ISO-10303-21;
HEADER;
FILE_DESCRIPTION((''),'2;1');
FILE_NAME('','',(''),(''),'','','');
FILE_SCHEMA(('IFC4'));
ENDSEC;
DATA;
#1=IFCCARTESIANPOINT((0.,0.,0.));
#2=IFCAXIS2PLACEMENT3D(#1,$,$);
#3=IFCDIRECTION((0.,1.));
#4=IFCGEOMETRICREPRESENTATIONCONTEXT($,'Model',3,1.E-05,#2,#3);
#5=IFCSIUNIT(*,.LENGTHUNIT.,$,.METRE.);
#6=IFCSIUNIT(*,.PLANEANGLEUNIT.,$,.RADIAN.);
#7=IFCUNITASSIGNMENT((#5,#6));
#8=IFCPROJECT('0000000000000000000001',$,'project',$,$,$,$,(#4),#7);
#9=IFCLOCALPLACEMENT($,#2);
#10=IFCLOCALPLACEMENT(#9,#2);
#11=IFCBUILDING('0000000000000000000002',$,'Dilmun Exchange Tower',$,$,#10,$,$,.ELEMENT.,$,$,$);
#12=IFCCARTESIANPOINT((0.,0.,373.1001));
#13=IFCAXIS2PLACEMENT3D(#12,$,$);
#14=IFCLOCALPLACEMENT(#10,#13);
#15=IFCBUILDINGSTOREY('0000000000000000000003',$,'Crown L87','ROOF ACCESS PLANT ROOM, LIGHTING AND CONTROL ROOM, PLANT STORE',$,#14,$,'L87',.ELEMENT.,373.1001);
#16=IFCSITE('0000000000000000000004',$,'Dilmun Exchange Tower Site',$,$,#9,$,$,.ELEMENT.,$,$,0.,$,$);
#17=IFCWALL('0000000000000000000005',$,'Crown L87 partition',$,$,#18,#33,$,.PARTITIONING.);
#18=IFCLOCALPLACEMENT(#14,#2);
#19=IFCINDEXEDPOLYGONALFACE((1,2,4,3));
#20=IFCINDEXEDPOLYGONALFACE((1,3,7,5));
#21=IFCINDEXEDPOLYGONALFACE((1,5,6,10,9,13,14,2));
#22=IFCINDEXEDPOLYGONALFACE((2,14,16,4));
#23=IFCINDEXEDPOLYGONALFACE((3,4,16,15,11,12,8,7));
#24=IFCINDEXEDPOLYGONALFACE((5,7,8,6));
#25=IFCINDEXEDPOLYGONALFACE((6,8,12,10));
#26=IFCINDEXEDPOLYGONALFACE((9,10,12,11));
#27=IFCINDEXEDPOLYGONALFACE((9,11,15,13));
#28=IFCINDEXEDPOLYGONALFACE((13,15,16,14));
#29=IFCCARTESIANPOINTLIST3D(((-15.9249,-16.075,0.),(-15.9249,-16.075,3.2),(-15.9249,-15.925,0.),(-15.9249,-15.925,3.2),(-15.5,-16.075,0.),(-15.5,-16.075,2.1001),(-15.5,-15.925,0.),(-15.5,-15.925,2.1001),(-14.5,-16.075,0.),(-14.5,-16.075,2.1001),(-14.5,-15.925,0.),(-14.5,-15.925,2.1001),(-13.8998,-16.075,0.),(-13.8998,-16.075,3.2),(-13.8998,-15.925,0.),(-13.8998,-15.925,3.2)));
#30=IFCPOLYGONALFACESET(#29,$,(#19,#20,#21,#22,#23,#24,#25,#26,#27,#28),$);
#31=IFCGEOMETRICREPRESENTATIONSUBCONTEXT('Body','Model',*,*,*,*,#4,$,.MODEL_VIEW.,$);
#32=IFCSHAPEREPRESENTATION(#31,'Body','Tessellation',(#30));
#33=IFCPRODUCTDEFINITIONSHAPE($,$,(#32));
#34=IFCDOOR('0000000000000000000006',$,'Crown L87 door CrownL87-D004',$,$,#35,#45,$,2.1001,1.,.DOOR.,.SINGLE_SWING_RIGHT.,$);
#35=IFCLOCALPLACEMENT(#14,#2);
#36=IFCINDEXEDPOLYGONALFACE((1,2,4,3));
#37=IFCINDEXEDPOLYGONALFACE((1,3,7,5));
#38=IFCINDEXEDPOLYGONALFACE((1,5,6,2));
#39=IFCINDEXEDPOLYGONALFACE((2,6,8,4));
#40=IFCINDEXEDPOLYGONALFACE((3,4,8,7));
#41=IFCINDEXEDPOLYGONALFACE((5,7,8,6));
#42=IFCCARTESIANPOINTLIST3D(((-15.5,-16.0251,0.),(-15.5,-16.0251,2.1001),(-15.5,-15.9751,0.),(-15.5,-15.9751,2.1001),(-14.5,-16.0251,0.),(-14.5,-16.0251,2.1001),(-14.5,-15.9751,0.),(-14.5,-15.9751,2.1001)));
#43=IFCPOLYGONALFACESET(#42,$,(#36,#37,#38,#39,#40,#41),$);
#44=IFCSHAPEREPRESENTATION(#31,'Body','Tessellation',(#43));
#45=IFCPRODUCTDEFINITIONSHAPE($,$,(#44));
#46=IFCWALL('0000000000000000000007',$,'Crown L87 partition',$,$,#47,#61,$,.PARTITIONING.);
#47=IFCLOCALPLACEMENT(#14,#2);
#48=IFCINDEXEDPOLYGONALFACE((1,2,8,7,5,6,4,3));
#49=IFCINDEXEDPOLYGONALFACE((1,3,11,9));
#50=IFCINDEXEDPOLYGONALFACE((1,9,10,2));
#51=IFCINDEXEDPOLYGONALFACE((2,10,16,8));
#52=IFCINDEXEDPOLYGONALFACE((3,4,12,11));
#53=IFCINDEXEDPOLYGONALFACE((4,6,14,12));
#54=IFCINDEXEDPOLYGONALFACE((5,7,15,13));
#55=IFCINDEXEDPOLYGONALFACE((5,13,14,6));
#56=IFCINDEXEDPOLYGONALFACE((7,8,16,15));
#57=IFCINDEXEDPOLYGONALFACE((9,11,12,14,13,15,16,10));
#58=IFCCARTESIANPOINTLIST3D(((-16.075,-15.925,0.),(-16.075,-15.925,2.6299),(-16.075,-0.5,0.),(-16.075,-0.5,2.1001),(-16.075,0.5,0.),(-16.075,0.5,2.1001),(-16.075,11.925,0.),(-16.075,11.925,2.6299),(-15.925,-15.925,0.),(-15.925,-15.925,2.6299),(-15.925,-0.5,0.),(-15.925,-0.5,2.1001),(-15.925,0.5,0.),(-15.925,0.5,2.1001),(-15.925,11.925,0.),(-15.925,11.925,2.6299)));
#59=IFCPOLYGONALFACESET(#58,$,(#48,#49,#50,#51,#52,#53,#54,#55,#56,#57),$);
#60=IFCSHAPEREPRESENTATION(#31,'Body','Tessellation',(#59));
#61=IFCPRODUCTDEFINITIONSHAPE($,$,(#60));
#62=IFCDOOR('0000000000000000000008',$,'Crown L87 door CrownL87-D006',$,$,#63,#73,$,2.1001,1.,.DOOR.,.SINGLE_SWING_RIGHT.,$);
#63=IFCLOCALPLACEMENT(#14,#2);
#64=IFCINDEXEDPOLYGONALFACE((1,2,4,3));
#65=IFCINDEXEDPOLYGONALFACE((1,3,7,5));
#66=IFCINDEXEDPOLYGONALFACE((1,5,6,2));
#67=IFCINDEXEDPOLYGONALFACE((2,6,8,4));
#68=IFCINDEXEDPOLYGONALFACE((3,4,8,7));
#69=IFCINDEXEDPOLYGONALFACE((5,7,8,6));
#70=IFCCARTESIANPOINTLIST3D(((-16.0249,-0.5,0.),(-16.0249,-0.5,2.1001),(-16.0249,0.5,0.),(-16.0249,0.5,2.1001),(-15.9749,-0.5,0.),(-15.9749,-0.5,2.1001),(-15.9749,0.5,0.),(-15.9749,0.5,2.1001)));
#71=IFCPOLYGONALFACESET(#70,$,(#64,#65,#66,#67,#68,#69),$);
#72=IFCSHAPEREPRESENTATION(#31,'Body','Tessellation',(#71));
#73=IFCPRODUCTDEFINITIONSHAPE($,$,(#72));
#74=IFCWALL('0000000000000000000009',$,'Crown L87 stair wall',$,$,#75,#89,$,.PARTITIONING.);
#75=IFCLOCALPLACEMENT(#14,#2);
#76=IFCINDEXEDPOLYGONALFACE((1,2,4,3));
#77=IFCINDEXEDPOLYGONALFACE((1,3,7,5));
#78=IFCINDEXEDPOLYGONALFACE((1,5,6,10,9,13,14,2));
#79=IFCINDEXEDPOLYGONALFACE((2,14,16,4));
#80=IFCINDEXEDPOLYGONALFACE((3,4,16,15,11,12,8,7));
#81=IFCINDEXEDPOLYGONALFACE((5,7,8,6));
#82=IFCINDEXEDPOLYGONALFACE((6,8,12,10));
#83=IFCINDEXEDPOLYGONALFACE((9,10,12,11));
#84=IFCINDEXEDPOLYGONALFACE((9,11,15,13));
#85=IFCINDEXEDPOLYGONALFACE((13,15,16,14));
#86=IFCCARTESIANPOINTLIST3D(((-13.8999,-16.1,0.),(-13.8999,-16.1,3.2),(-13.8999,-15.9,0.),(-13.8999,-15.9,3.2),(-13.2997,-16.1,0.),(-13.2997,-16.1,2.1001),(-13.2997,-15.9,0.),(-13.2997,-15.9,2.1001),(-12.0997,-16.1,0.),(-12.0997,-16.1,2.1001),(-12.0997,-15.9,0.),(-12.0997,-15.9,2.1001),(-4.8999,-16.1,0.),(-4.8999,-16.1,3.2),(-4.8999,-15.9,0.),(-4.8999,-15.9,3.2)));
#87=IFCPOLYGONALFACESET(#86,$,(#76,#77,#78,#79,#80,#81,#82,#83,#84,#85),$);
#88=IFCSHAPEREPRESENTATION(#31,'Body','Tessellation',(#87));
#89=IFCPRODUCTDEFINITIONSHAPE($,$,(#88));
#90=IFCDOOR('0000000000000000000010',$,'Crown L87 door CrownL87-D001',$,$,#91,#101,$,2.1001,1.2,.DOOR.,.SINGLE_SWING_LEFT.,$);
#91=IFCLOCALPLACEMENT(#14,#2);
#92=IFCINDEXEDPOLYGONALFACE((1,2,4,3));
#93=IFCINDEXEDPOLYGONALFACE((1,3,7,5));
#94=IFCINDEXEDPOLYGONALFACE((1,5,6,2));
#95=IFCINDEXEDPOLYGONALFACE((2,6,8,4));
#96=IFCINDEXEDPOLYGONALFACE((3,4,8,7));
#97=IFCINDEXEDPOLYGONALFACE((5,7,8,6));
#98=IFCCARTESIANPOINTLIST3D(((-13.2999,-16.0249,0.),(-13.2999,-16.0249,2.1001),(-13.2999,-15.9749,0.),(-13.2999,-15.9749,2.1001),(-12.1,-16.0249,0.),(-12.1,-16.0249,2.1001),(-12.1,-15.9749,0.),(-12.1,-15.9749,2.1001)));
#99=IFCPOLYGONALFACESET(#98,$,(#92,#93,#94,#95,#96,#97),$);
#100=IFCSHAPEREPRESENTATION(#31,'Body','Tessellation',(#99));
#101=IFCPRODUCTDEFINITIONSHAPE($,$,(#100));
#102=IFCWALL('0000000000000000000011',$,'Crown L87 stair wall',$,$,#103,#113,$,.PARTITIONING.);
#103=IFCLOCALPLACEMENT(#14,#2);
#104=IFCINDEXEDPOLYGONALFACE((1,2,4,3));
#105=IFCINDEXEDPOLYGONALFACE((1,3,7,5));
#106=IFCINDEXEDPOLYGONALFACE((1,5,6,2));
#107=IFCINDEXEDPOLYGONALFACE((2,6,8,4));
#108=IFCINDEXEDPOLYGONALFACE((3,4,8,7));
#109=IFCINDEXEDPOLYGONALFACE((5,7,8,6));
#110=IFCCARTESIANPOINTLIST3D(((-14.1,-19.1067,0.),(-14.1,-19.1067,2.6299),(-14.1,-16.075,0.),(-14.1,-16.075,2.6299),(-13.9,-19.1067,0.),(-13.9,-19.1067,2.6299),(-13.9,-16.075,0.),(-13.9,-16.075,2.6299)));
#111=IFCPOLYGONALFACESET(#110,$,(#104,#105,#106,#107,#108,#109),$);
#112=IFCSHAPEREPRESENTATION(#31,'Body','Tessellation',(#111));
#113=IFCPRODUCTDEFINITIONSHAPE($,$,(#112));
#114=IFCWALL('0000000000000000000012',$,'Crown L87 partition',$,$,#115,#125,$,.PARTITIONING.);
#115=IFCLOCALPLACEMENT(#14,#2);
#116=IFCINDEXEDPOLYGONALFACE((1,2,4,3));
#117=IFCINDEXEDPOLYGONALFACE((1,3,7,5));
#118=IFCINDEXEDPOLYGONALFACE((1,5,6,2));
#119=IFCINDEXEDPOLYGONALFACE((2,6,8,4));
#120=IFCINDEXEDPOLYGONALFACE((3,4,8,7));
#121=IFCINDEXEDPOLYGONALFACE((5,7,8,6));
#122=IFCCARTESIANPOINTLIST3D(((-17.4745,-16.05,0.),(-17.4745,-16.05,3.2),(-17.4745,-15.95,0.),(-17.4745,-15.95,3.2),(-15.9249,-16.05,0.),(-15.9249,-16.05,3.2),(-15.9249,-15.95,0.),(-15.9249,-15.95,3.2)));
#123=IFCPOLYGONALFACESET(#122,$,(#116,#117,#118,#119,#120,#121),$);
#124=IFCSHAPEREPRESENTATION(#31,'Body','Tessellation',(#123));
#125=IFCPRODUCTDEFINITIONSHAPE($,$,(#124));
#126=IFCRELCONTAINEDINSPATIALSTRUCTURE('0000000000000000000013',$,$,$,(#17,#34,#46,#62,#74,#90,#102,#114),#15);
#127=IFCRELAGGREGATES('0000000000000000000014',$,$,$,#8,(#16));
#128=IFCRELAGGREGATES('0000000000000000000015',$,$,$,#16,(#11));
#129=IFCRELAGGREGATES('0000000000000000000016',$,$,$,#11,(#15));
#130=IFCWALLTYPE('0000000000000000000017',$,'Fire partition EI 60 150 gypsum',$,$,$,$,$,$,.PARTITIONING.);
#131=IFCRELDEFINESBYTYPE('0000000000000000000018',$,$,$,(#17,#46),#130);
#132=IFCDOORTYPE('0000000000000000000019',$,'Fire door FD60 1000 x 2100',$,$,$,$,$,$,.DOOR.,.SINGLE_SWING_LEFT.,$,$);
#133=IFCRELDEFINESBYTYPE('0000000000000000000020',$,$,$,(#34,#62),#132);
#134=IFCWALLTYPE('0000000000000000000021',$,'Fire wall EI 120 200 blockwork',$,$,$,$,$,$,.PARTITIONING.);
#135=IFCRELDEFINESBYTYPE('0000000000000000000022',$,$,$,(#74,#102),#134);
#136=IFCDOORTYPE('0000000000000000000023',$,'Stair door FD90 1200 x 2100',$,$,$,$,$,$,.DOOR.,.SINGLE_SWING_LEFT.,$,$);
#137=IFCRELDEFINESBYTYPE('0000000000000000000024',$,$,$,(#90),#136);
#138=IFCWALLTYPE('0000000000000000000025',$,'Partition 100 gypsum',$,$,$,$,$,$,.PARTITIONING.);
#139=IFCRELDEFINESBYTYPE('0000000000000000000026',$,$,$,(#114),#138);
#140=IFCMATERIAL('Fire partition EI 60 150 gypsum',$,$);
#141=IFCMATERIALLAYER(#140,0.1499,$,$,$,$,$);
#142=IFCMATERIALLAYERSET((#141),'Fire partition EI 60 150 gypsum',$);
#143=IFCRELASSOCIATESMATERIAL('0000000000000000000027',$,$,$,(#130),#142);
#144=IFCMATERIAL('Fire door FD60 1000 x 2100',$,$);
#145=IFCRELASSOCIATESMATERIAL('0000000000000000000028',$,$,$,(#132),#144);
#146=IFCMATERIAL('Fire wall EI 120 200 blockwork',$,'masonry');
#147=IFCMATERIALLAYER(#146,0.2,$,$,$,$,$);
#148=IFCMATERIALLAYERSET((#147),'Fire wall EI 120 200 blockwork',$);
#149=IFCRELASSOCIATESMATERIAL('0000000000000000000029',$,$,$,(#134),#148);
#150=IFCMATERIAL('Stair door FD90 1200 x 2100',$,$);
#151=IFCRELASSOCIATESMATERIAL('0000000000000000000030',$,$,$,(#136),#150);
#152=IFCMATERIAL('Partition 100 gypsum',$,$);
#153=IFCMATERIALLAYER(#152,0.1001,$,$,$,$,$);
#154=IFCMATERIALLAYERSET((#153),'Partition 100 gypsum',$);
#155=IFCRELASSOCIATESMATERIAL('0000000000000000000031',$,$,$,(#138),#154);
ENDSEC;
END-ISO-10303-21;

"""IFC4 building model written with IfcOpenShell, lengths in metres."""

from ifc_helpers import new_model, si_unit, direction, frame, frame_2d, origin, place, context, subcontext, project, spatial, rectangle, extrude, material, layer, layer_set, type_object, element, fill, save


model = new_model("IFC4")

# Units and contexts
model_context = context("Model", 3, precision=1e-05, world=origin(), true_north=direction((0.0, 1.0)))
body_context = subcontext(model_context, "Body", "Model", "MODEL_VIEW")
ifc_project = project(units=[si_unit("LENGTHUNIT", "METRE"), si_unit("PLANEANGLEUNIT", "RADIAN")], contexts=[model_context])

# Site, building, storey
site_placement = place(None, origin())
site = spatial("IfcSite", under=ifc_project, at=site_placement, Name="Dilmun Exchange Tower Site", CompositionType="ELEMENT", RefElevation=0.0)
building_placement = place(site_placement, origin())
building = spatial("IfcBuilding", under=site, at=building_placement, Name="Dilmun Exchange Tower", CompositionType="ELEMENT")
storey_placement = place(building_placement, frame((0.0, 0.0, 373.1001)))
storey = spatial("IfcBuildingStorey", under=building, at=storey_placement, Name="Crown L87", Description="ROOF ACCESS PLANT ROOM, LIGHTING AND CONTROL ROOM, PLANT STORE", LongName="L87", CompositionType="ELEMENT", Elevation=373.1001)

# Walls, openings, doors
ifc_material_1 = material(Name="Fire partition EI 60 150 gypsum")
ifc_layer_1 = layer(ifc_material_1, 0.1499)
ifc_layer_set_1 = layer_set([ifc_layer_1], Name="Fire partition EI 60 150 gypsum")
wall_type_1 = type_object("IfcWallType", Name="Fire partition EI 60 150 gypsum", PredefinedType="PARTITIONING", material=ifc_layer_set_1)
wall_1_placement = place(storey_placement, frame((-15.925, -16.0, 0.0), z_axis=(0.0, 0.0, 1.0), x_axis=(1.0, 0.0, 0.0)))
wall_1 = element("IfcWall", 1, at=wall_1_placement, inside=storey, type_object=wall_type_1, Name="Crown L87 partition", PredefinedType="PARTITIONING", context=body_context, shape_type="SweptSolid", body=[
    extrude(rectangle(XDim=2.0251, YDim=0.1499, at=frame_2d((1.0127, 0.0))), origin(), (0.0, 0.0, 1.0), 3.2),
])
opening_1_placement = place(wall_1_placement, frame((0.425, 0.0, 0.0)))
opening_1 = element("IfcOpeningElement", 2, at=opening_1_placement, cuts=wall_1, PredefinedType="OPENING", context=body_context, shape_type="SweptSolid", body=[
    extrude(rectangle(XDim=1.0, YDim=2.1001, at=frame_2d((0.5, 1.05))), frame((0.0, 0.085, 0.0), z_axis=(0.0, -1.0, 0.0), x_axis=(1.0, 0.0, 0.0)), (0.0, 0.0, 1.0), 0.1699),
])
ifc_material_2 = material(Name="Fire door FD60 1000 x 2100")
door_type_1 = type_object("IfcDoorType", Name="Fire door FD60 1000 x 2100", OperationType="SINGLE_SWING_LEFT", PredefinedType="DOOR", material=ifc_material_2)
door_1_placement = place(opening_1_placement, origin())
door_1 = element("IfcDoor", 3, at=door_1_placement, inside=storey, type_object=door_type_1, Name="Crown L87 door CrownL87-D004", OperationType="SINGLE_SWING_RIGHT", OverallHeight=2.1001, OverallWidth=1.0, PredefinedType="DOOR", context=body_context, shape_type="SweptSolid", body=[
    extrude(rectangle(XDim=1.0, YDim=2.1001, at=frame_2d((0.5, 1.05))), frame((0.0, 0.0249, 0.0), z_axis=(0.0, -1.0, 0.0), x_axis=(1.0, 0.0, 0.0)), (0.0, 0.0, 1.0), 0.05),
])
fill(opening_1, door_1)
wall_2_placement = place(storey_placement, frame((-16.0, -15.925, 0.0), z_axis=(0.0, 0.0, 1.0), x_axis=(0.0, 1.0, 0.0)))
wall_2 = element("IfcWall", 4, at=wall_2_placement, inside=storey, type_object=wall_type_1, Name="Crown L87 partition", PredefinedType="PARTITIONING", context=body_context, shape_type="SweptSolid", body=[
    extrude(rectangle(XDim=27.8501, YDim=0.1499, at=frame_2d((13.925, 0.0))), origin(), (0.0, 0.0, 1.0), 2.6299),
])
opening_2_placement = place(wall_2_placement, frame((15.425, 0.0, 0.0)))
opening_2 = element("IfcOpeningElement", 5, at=opening_2_placement, cuts=wall_2, PredefinedType="OPENING", context=body_context, shape_type="SweptSolid", body=[
    extrude(rectangle(XDim=1.0, YDim=2.1001, at=frame_2d((0.5, 1.05))), frame((0.0, 0.085, 0.0), z_axis=(0.0, -1.0, 0.0), x_axis=(1.0, 0.0, 0.0)), (0.0, 0.0, 1.0), 0.1699),
])
door_2_placement = place(opening_2_placement, origin())
door_2 = element("IfcDoor", 6, at=door_2_placement, inside=storey, type_object=door_type_1, Name="Crown L87 door CrownL87-D006", OperationType="SINGLE_SWING_RIGHT", OverallHeight=2.1001, OverallWidth=1.0, PredefinedType="DOOR", context=body_context, shape_type="SweptSolid", body=[
    extrude(rectangle(XDim=1.0, YDim=2.1001, at=frame_2d((0.5, 1.05))), frame((0.0, 0.0249, 0.0), z_axis=(0.0, -1.0, 0.0), x_axis=(1.0, 0.0, 0.0)), (0.0, 0.0, 1.0), 0.05),
])
fill(opening_2, door_2)
ifc_material_3 = material(Name="Fire wall EI 120 200 blockwork", Category="masonry")
ifc_layer_2 = layer(ifc_material_3, 0.2)
ifc_layer_set_2 = layer_set([ifc_layer_2], Name="Fire wall EI 120 200 blockwork")
wall_type_2 = type_object("IfcWallType", Name="Fire wall EI 120 200 blockwork", PredefinedType="PARTITIONING", material=ifc_layer_set_2)
wall_3_placement = place(storey_placement, frame((-13.8999, -16.0, 0.0), z_axis=(0.0, 0.0, 1.0), x_axis=(1.0, 0.0, 0.0)))
wall_3 = element("IfcWall", 7, at=wall_3_placement, inside=storey, type_object=wall_type_2, Name="Crown L87 stair wall", PredefinedType="PARTITIONING", context=body_context, shape_type="SweptSolid", body=[
    extrude(rectangle(XDim=9.0, YDim=0.2, at=frame_2d((4.5, 0.0))), origin(), (0.0, 0.0, 1.0), 3.2),
])
opening_3_placement = place(wall_3_placement, frame((0.6001, 0.0, 0.0)))
opening_3 = element("IfcOpeningElement", 8, at=opening_3_placement, cuts=wall_3, PredefinedType="OPENING", context=body_context, shape_type="SweptSolid", body=[
    extrude(rectangle(XDim=1.2, YDim=2.1001, at=frame_2d((0.6001, 1.05))), frame((0.0, 0.1099, 0.0), z_axis=(0.0, -1.0, 0.0), x_axis=(1.0, 0.0, 0.0)), (0.0, 0.0, 1.0), 0.22),
])
ifc_material_4 = material(Name="Stair door FD90 1200 x 2100")
door_type_2 = type_object("IfcDoorType", Name="Stair door FD90 1200 x 2100", OperationType="SINGLE_SWING_LEFT", PredefinedType="DOOR", material=ifc_material_4)
door_3_placement = place(opening_3_placement, frame((1.2, 0.0, 0.0), z_axis=(0.0, 0.0, 1.0), x_axis=(-1.0, 0.0, 0.0)))
door_3 = element("IfcDoor", 9, at=door_3_placement, inside=storey, type_object=door_type_2, Name="Crown L87 door CrownL87-D001", OperationType="SINGLE_SWING_LEFT", OverallHeight=2.1001, OverallWidth=1.2, PredefinedType="DOOR", context=body_context, shape_type="SweptSolid", body=[
    extrude(rectangle(XDim=1.2, YDim=2.1001, at=frame_2d((0.6001, 1.05))), frame((0.0, 0.0249, 0.0), z_axis=(0.0, -1.0, 0.0), x_axis=(1.0, 0.0, 0.0)), (0.0, 0.0, 1.0), 0.05),
])
fill(opening_3, door_3)

# Walls
wall_4_placement = place(storey_placement, frame((-14.0, -19.1067, 0.0), z_axis=(0.0, 0.0, 1.0), x_axis=(0.0, 1.0, 0.0)))
element("IfcWall", 10, at=wall_4_placement, inside=storey, type_object=wall_type_2, Name="Crown L87 stair wall", PredefinedType="PARTITIONING", context=body_context, shape_type="SweptSolid", body=[
    extrude(rectangle(XDim=3.0317, YDim=0.2, at=frame_2d((1.5159, 0.0))), origin(), (0.0, 0.0, 1.0), 2.6299),
])
ifc_material_5 = material(Name="Partition 100 gypsum")
ifc_layer_3 = layer(ifc_material_5, 0.1001)
ifc_layer_set_3 = layer_set([ifc_layer_3], Name="Partition 100 gypsum")
wall_type_3 = type_object("IfcWallType", Name="Partition 100 gypsum", PredefinedType="PARTITIONING", material=ifc_layer_set_3)
wall_5_placement = place(storey_placement, frame((-17.4746, -16.0, 0.0), z_axis=(0.0, 0.0, 1.0), x_axis=(1.0, 0.0, 0.0)))
element("IfcWall", 11, at=wall_5_placement, inside=storey, type_object=wall_type_3, Name="Crown L87 partition", PredefinedType="PARTITIONING", context=body_context, shape_type="SweptSolid", body=[
    extrude(rectangle(XDim=1.5496, YDim=0.1001, at=frame_2d((0.7749, 0.0))), origin(), (0.0, 0.0, 1.0), 3.2),
])

save(model, "model.ifc")
